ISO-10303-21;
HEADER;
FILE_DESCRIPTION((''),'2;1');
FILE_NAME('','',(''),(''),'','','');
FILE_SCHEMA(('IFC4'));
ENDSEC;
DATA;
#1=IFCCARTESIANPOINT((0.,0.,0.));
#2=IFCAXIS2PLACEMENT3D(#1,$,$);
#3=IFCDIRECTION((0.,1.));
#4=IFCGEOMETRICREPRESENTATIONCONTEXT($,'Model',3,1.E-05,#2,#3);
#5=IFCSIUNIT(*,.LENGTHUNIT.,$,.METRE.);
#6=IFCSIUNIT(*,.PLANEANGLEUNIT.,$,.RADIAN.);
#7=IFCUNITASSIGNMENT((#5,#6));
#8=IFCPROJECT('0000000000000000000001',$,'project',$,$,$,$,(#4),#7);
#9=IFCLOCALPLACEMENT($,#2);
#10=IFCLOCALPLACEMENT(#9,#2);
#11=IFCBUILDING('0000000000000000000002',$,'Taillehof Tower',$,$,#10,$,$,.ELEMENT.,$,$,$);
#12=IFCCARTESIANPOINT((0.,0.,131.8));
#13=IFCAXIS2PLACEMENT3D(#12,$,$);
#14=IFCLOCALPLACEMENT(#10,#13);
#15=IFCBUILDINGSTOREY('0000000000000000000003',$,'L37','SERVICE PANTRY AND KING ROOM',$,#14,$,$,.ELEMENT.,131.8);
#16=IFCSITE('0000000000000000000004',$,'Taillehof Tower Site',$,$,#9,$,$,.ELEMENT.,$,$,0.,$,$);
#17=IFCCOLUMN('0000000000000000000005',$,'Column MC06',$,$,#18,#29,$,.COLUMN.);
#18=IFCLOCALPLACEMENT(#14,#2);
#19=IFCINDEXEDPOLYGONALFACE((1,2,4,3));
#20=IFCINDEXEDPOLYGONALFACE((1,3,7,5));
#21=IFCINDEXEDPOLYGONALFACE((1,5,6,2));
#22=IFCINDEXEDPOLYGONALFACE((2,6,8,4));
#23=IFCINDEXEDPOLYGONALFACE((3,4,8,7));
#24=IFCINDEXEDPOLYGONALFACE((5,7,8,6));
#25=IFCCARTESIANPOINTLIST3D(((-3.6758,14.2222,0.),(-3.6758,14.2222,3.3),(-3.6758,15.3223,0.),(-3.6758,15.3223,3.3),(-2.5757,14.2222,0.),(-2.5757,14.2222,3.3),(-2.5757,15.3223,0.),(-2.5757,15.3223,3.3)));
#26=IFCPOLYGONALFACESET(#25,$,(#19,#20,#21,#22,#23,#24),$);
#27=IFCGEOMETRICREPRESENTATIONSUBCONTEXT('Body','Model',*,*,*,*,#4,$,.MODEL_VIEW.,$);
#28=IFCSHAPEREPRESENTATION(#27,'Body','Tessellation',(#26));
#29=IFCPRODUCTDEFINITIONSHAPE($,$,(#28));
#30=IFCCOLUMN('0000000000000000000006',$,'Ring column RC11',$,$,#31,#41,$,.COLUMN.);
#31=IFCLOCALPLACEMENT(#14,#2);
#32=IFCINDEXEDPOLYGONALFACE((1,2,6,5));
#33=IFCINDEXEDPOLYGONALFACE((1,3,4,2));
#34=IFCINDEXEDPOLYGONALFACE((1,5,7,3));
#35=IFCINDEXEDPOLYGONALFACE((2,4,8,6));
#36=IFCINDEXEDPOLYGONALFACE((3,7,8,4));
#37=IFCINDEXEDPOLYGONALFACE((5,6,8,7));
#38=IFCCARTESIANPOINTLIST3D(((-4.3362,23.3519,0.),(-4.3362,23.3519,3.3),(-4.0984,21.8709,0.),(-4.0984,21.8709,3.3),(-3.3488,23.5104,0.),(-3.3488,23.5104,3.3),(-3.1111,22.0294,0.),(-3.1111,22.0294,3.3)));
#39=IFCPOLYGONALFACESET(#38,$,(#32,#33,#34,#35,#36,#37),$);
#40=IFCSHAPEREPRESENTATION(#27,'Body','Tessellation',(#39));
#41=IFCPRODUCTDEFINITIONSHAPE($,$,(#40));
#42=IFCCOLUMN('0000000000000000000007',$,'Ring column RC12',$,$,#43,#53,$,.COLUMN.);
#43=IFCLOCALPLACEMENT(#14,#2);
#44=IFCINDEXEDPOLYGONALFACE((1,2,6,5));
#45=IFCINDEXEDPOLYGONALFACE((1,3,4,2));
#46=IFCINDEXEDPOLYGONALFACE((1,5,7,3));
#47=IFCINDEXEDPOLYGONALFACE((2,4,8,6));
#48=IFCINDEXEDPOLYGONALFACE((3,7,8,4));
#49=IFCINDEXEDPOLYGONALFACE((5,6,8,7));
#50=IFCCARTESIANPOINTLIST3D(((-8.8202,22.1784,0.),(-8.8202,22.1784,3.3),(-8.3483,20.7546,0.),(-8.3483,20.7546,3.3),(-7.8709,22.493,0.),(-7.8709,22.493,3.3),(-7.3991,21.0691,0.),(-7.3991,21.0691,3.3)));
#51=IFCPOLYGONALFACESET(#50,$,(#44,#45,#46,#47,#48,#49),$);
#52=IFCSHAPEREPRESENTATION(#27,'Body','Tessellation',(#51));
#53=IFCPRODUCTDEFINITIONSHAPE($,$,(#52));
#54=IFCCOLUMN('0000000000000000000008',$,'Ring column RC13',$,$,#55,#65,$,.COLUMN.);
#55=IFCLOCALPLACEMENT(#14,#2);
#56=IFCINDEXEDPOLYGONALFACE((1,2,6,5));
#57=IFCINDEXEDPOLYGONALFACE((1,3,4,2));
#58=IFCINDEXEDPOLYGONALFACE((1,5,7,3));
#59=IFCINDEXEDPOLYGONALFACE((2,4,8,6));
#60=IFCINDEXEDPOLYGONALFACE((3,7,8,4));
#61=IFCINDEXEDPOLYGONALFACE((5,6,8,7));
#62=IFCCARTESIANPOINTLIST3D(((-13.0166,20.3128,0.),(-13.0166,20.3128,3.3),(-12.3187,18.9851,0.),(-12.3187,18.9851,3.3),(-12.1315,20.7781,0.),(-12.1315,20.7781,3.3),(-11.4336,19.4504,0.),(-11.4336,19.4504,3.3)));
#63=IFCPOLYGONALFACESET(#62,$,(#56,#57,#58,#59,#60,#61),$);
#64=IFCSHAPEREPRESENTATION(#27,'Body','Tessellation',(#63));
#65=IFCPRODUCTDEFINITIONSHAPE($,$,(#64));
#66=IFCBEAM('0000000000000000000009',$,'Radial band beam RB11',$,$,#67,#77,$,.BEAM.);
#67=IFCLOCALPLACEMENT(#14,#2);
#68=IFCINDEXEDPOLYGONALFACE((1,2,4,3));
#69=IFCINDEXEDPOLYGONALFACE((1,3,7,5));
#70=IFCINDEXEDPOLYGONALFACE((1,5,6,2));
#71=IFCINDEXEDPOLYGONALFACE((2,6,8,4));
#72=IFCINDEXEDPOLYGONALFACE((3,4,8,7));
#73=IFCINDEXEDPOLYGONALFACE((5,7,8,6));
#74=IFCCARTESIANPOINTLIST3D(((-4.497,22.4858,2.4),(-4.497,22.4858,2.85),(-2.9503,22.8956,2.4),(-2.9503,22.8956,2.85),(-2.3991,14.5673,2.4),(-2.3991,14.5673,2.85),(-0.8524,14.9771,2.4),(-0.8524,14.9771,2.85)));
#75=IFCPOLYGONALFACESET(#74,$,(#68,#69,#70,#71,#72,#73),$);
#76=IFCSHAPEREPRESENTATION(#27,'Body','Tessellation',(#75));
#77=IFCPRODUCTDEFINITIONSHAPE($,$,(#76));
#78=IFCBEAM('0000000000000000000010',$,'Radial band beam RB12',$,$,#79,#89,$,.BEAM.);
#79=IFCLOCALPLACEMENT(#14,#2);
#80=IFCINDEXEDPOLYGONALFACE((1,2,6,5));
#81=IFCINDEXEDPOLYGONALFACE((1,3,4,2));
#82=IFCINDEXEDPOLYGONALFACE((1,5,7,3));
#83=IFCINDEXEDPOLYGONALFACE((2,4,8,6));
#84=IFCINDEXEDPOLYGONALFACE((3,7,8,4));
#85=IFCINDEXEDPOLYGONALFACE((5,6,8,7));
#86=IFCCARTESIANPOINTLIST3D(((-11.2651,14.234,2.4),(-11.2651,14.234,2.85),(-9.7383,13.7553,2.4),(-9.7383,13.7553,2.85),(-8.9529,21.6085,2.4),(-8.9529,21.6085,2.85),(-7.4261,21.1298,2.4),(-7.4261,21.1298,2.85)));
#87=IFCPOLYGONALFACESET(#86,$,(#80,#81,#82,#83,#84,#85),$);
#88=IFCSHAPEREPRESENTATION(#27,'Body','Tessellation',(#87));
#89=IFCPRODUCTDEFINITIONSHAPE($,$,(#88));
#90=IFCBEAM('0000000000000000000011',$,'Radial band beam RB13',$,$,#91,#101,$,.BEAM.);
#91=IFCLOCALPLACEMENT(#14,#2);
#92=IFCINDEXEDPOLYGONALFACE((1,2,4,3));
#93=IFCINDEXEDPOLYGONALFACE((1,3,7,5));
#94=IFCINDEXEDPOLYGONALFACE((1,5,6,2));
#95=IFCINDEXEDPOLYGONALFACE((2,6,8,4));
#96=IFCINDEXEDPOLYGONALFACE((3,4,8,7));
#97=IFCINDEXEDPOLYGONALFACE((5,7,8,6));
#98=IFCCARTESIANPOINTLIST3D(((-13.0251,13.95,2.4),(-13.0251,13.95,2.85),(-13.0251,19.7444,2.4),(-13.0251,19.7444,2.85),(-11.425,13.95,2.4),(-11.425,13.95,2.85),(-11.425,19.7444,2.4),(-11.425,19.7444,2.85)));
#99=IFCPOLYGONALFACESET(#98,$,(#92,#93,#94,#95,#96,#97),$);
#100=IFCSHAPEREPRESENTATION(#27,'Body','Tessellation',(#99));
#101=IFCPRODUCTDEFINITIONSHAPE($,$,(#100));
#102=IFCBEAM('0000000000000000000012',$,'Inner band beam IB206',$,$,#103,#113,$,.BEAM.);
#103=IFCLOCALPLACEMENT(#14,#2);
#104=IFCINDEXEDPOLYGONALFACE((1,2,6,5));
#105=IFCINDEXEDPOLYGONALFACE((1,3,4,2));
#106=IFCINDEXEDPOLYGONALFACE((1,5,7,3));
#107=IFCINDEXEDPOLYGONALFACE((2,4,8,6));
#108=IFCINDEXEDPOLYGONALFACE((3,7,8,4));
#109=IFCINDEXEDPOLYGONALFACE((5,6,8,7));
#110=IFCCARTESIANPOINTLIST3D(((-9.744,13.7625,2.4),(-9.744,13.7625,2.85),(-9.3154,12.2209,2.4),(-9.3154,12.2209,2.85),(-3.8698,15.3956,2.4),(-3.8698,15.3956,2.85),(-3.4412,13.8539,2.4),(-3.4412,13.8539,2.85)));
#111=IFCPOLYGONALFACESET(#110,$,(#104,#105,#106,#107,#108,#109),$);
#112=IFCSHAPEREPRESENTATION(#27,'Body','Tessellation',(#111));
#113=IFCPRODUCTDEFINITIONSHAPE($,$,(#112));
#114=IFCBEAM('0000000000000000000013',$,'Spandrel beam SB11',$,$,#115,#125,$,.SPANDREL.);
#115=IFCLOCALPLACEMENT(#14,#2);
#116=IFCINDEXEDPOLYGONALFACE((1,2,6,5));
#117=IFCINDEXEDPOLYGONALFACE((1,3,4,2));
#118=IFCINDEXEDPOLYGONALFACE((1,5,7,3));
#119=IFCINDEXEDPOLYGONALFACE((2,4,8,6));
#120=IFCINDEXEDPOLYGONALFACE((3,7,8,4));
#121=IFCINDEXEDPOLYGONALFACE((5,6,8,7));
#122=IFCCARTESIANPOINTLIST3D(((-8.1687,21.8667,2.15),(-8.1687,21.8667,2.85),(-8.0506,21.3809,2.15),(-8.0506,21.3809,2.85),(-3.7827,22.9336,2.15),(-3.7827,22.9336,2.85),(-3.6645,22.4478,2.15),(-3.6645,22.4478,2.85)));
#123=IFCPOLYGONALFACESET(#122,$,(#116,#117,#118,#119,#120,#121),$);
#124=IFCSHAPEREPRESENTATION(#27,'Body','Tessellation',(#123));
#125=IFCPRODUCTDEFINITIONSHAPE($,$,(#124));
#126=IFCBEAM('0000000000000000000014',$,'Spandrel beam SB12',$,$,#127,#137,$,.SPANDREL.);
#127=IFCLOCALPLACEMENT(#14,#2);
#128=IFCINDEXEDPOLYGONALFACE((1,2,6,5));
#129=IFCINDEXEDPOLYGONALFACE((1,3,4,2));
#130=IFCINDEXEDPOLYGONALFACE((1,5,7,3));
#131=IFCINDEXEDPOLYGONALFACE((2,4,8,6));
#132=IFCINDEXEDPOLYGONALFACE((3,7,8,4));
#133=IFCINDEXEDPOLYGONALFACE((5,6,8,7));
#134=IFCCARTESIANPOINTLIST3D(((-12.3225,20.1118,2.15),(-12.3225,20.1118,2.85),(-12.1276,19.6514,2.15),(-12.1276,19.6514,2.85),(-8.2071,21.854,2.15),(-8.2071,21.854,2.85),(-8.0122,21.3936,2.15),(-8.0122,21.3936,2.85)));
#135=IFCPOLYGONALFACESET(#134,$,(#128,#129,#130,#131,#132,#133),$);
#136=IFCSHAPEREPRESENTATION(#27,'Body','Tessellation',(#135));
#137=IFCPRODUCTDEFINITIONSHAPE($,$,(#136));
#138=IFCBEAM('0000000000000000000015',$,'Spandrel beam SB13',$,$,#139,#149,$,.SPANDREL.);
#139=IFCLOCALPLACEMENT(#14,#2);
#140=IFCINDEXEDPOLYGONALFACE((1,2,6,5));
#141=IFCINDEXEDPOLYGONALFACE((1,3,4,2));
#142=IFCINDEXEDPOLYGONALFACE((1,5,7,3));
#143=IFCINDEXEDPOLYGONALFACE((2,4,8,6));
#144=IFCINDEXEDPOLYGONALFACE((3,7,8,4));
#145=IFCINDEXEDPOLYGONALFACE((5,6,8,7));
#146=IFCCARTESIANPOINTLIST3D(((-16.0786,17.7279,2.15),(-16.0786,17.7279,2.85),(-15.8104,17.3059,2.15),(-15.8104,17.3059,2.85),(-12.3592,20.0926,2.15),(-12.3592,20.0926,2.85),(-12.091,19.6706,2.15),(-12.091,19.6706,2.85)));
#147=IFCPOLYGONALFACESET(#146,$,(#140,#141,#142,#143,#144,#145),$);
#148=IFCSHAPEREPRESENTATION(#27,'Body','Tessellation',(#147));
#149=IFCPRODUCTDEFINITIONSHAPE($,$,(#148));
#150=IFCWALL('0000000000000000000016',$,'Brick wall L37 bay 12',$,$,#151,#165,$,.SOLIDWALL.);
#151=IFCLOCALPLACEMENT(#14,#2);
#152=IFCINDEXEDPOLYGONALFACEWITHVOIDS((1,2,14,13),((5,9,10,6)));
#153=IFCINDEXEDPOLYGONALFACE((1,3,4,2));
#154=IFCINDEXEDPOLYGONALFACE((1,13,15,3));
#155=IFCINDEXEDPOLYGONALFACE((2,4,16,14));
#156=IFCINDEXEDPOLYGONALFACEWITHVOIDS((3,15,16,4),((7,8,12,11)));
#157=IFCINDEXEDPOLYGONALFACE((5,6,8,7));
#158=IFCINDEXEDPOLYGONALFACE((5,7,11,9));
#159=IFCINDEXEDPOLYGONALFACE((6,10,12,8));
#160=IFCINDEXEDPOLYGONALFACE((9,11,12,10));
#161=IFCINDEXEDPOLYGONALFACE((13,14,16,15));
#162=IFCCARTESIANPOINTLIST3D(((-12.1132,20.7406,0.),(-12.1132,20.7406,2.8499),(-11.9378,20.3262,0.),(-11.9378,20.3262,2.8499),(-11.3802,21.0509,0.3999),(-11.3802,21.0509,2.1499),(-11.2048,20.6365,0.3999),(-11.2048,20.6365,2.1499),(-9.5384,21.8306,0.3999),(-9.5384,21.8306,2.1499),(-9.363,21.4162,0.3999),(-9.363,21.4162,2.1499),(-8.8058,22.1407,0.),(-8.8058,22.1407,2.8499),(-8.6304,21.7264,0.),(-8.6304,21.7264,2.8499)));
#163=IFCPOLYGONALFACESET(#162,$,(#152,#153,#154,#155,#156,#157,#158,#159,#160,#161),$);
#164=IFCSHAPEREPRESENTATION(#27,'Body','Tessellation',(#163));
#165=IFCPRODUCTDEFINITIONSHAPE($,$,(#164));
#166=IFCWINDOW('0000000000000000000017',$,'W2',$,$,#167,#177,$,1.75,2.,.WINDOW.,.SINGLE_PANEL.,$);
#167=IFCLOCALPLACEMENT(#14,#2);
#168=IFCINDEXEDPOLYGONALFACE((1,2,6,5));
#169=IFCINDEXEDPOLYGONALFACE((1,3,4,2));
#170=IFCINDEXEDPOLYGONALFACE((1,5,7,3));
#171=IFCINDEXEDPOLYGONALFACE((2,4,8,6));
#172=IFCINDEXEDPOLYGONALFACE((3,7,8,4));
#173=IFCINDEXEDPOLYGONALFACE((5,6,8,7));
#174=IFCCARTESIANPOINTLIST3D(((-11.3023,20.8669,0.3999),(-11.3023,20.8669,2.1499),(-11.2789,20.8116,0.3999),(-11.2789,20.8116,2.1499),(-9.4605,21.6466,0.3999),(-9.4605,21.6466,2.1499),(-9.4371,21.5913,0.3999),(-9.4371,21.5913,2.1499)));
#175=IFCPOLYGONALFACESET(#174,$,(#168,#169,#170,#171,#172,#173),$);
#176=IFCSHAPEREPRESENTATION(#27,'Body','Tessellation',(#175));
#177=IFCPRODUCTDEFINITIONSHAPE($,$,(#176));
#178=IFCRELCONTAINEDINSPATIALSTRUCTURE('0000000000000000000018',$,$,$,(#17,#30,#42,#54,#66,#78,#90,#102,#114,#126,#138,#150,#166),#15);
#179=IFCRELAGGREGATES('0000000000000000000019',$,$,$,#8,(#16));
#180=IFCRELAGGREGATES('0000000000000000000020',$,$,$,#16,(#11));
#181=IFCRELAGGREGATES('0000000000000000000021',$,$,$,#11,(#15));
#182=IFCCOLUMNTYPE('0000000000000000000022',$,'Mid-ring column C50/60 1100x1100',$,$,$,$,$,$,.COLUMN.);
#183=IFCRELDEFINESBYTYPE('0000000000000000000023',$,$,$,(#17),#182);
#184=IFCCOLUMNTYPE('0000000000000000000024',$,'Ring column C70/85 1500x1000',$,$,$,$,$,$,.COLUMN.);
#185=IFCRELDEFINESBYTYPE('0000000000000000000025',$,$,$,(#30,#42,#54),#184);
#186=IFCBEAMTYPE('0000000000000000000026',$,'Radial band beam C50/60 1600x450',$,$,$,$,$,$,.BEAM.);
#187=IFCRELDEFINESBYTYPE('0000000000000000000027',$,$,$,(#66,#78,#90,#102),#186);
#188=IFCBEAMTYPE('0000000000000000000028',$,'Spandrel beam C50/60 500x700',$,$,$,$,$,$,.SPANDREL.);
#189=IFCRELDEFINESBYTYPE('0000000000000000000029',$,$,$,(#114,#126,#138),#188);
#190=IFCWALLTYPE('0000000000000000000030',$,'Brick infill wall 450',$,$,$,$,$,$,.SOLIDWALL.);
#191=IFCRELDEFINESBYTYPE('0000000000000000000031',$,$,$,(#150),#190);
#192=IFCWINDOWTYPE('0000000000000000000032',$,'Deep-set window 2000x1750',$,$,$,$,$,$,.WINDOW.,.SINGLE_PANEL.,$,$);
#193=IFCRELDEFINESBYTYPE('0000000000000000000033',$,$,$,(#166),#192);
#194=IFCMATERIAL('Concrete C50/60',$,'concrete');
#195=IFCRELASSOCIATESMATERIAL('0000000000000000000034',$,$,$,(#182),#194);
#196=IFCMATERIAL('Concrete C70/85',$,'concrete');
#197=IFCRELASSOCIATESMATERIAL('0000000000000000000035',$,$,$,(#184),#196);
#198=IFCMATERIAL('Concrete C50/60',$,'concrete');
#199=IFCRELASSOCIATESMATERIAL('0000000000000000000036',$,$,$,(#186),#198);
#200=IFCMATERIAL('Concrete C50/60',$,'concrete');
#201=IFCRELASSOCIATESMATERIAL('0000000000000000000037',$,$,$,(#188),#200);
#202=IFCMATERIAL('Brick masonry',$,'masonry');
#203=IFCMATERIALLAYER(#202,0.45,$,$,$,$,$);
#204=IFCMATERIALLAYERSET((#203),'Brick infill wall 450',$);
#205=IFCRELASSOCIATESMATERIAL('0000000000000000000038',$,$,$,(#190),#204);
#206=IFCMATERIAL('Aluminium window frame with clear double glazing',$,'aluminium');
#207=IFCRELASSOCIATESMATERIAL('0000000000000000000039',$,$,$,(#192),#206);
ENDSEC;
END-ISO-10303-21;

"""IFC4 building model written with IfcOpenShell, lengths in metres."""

from ifc_helpers import new_model, si_unit, direction, frame, frame_2d, origin, origin_2d, place, context, subcontext, project, spatial, rectangle, extrude, material, layer, layer_set, material_profile, profile_set, type_object, element, fill, save


model = new_model("IFC4")

# Units and contexts
model_context = context("Model", 3, precision=1e-05, world=origin(), true_north=direction((0.0, 1.0)))
body_context = subcontext(model_context, "Body", "Model", "MODEL_VIEW")
ifc_project = project(units=[si_unit("LENGTHUNIT", "METRE"), si_unit("PLANEANGLEUNIT", "RADIAN")], contexts=[model_context])

# Site, building, storey
site_placement = place(None, origin())
site = spatial("IfcSite", under=ifc_project, at=site_placement, Name="Taillehof Tower Site", CompositionType="ELEMENT", RefElevation=0.0)
building_placement = place(site_placement, origin())
building = spatial("IfcBuilding", under=site, at=building_placement, Name="Taillehof Tower", CompositionType="ELEMENT")
storey_placement = place(building_placement, frame((0.0, 0.0, 131.8)))
storey = spatial("IfcBuildingStorey", under=building, at=storey_placement, Name="L37", Description="SERVICE PANTRY AND KING ROOM", CompositionType="ELEMENT", Elevation=131.8)

# Columns
ifc_material_1 = material(Name="Concrete C50/60", Category="concrete")
ifc_material_profile_1 = material_profile(ifc_material_1, rectangle(XDim=1.1001, YDim=1.1001, at=origin_2d()), Name="RC 1100x1100")
ifc_profile_set_1 = profile_set([ifc_material_profile_1], Name="Concrete C50/60")
column_type_1 = type_object("IfcColumnType", Name="Mid-ring column C50/60 1100x1100", PredefinedType="COLUMN", material=ifc_profile_set_1)
column_placement = place(storey_placement, frame((-3.1257, 14.7722, 0.0), z_axis=(0.0, 0.0, 1.0), x_axis=(1.0, 0.0, 0.0)))
element("IfcColumn", 1, at=column_placement, inside=storey, type_object=column_type_1, Name="Column MC06", PredefinedType="COLUMN", context=body_context, shape_type="SweptSolid", body=[
    extrude(rectangle(XDim=1.1001, YDim=1.1001, at=origin_2d()), origin(), (0.0, 0.0, 1.0), 3.3),
])
ifc_material_2 = material(Name="Concrete C70/85", Category="concrete")
ifc_material_profile_2 = material_profile(ifc_material_2, rectangle(XDim=1.5, YDim=1.0, at=origin_2d()), Name="RC 1500x1000")
ifc_profile_set_2 = profile_set([ifc_material_profile_2], Name="Concrete C70/85")
column_type_2 = type_object("IfcColumnType", Name="Ring column C70/85 1500x1000", PredefinedType="COLUMN", material=ifc_profile_set_2)
for number, where, z_axis, x_axis, name in (
    (2, (-3.7236, 22.6907, 0.0), (0.0, 0.0, 1.0), (-0.158507, 0.987358, 0.0), "Ring column RC11"),
    (3, (-8.1096, 21.6238, 0.0), (0.0, 0.0, 1.0), (-0.314555, 0.949239, 0.0), "Ring column RC12"),
    (4, (-12.2251, 19.8816, 0.0), (0.0, 0.0, 1.0), (-0.465283, 0.885162, 0.0), "Ring column RC13"),
):
    element("IfcColumn", number, at=place(storey_placement, frame(where, z_axis=z_axis, x_axis=x_axis)), inside=storey, type_object=column_type_2, Name=name, PredefinedType="COLUMN", context=body_context, shape_type="SweptSolid", body=[
        extrude(rectangle(XDim=1.5, YDim=1.0, at=origin_2d()), origin(), (0.0, 0.0, 1.0), 3.3),
    ])

# Beams
ifc_material_3 = material(Name="Concrete C50/60", Category="concrete")
ifc_material_profile_3 = material_profile(ifc_material_3, rectangle(XDim=1.6001, YDim=0.45, at=origin_2d()), Name="RC 1600x450")
ifc_profile_set_3 = profile_set([ifc_material_profile_3], Name="Concrete C50/60")
beam_type_1 = type_object("IfcBeamType", Name="Radial band beam C50/60 1600x450", PredefinedType="BEAM", material=ifc_profile_set_3)
beam_1_placement = place(storey_placement, frame((-3.7236, 22.6907, 2.625), z_axis=(0.256102, -0.96665, 0.0), x_axis=(0.96665, 0.256102, 0.0)))
element("IfcBeam", 5, at=beam_1_placement, inside=storey, type_object=beam_type_1, Name="Radial band beam RB11", PredefinedType="BEAM", context=body_context, shape_type="SweptSolid", body=[
    extrude(rectangle(XDim=1.6001, YDim=0.45, at=origin_2d()), origin(), (0.0, 0.0, 1.0), 8.1917),
])
beam_2_placement = place(storey_placement, frame((-8.1895, 21.3691, 2.625), z_axis=(-0.299185, -0.954195, 0.0), x_axis=(0.954195, -0.299185, 0.0)))
element("IfcBeam", 6, at=beam_2_placement, inside=storey, type_object=beam_type_1, Name="Radial band beam RB12", PredefinedType="BEAM", context=body_context, shape_type="SweptSolid", body=[
    extrude(rectangle(XDim=1.6001, YDim=0.45, at=origin_2d()), origin(), (0.0, 0.0, 1.0), 7.7285),
])
beam_3_placement = place(storey_placement, frame((-12.2251, 19.7444, 2.625), z_axis=(0.0, -1.0, 0.0), x_axis=(1.0, 0.0, 0.0)))
element("IfcBeam", 7, at=beam_3_placement, inside=storey, type_object=beam_type_1, Name="Radial band beam RB13", PredefinedType="BEAM", context=body_context, shape_type="SweptSolid", body=[
    extrude(rectangle(XDim=1.6001, YDim=0.45, at=origin_2d()), origin(), (0.0, 0.0, 1.0), 5.7944),
])
beam_4_placement = place(storey_placement, frame((-3.6555, 14.6248, 2.625), z_axis=(-0.963459, -0.267855, 0.0), x_axis=(0.267855, -0.963459, 0.0)))
element("IfcBeam", 8, at=beam_4_placement, inside=storey, type_object=beam_type_1, Name="Inner band beam IB206", PredefinedType="BEAM", context=body_context, shape_type="SweptSolid", body=[
    extrude(rectangle(XDim=1.6001, YDim=0.45, at=origin_2d()), origin(), (0.0, 0.0, 1.0), 6.0969),
])
ifc_material_4 = material(Name="Concrete C50/60", Category="concrete")
ifc_material_profile_4 = material_profile(ifc_material_4, rectangle(XDim=0.5, YDim=0.7, at=origin_2d()), Name="RC 500x700")
ifc_profile_set_4 = profile_set([ifc_material_profile_4], Name="Concrete C50/60")
beam_type_2 = type_object("IfcBeamType", Name="Spandrel beam C50/60 500x700", PredefinedType="SPANDREL", material=ifc_profile_set_4)
beam_5_placement = place(storey_placement, frame((-3.7236, 22.6907, 2.5), z_axis=(-0.971666, -0.236358, 0.0), x_axis=(0.236358, -0.971666, 0.0)))
element("IfcBeam", 9, at=beam_5_placement, inside=storey, type_object=beam_type_2, Name="Spandrel beam SB11", PredefinedType="SPANDREL", context=body_context, shape_type="SweptSolid", body=[
    extrude(rectangle(XDim=0.5, YDim=0.7, at=origin_2d()), origin(), (0.0, 0.0, 1.0), 4.5139),
])
beam_6_placement = place(storey_placement, frame((-8.1096, 21.6238, 2.5), z_axis=(-0.920885, -0.389834, 0.0), x_axis=(0.389834, -0.920885, 0.0)))
element("IfcBeam", 10, at=beam_6_placement, inside=storey, type_object=beam_type_2, Name="Spandrel beam SB12", PredefinedType="SPANDREL", context=body_context, shape_type="SweptSolid", body=[
    extrude(rectangle(XDim=0.5, YDim=0.7, at=origin_2d()), origin(), (0.0, 0.0, 1.0), 4.469),
])
beam_7_placement = place(storey_placement, frame((-12.2251, 19.8816, 2.5), z_axis=(-0.843887, -0.536521, 0.0), x_axis=(0.536521, -0.843887, 0.0)))
element("IfcBeam", 11, at=beam_7_placement, inside=storey, type_object=beam_type_2, Name="Spandrel beam SB13", PredefinedType="SPANDREL", context=body_context, shape_type="SweptSolid", body=[
    extrude(rectangle(XDim=0.5, YDim=0.7, at=origin_2d()), origin(), (0.0, 0.0, 1.0), 4.4075),
])

# Wall, opening, window
ifc_material_5 = material(Name="Brick masonry", Category="masonry")
ifc_layer_1 = layer(ifc_material_5, 0.45)
ifc_layer_set_1 = layer_set([ifc_layer_1], Name="Brick infill wall 450")
wall_type_1 = type_object("IfcWallType", Name="Brick infill wall 450", PredefinedType="SOLIDWALL", material=ifc_layer_set_1)
wall_1_placement = place(storey_placement, frame((-8.718, 21.9336, 0.0), z_axis=(0.0, 0.0, 1.0), x_axis=(-0.92088, -0.389846, 0.0)))
wall_1 = element("IfcWall", 12, at=wall_1_placement, inside=storey, type_object=wall_type_1, Name="Brick wall L37 bay 12", PredefinedType="SOLIDWALL", context=body_context, shape_type="SweptSolid", body=[
    extrude(rectangle(XDim=3.5916, YDim=0.45, at=frame_2d((1.7959, 0.0))), origin(), (0.0, 0.0, 1.0), 2.8499),
])
opening_1_placement = place(wall_1_placement, frame((0.7957, 0.0, 0.3999)))
opening_1 = element("IfcOpeningElement", 13, at=opening_1_placement, cuts=wall_1, PredefinedType="OPENING", context=body_context, shape_type="SweptSolid", body=[
    extrude(rectangle(XDim=2.0, YDim=1.75, at=frame_2d((1.0, 0.875))), frame((0.0, 0.2349, 0.0), z_axis=(0.0, -1.0, 0.0), x_axis=(1.0, 0.0, 0.0)), (0.0, 0.0, 1.0), 0.47),
])
ifc_material_6 = material(Name="Aluminium window frame with clear double glazing", Category="aluminium")
window_type_1 = type_object("IfcWindowType", Name="Deep-set window 2000x1750", PartitioningType="SINGLE_PANEL", PredefinedType="WINDOW", material=ifc_material_6)
window_1_placement = place(opening_1_placement, origin())
window_1 = element("IfcWindow", 14, at=window_1_placement, inside=storey, type_object=window_type_1, Name="W2", OverallHeight=1.75, OverallWidth=2.0, PartitioningType="SINGLE_PANEL", PredefinedType="WINDOW", context=body_context, shape_type="SweptSolid", body=[
    extrude(rectangle(XDim=2.0, YDim=1.75, at=frame_2d((1.0, 0.875))), frame((0.0, 0.0349, 0.0), z_axis=(0.0, -1.0, 0.0), x_axis=(1.0, 0.0, 0.0)), (0.0, 0.0, 1.0), 0.0601),
])
fill(opening_1, window_1)

save(model, "model.ifc")
